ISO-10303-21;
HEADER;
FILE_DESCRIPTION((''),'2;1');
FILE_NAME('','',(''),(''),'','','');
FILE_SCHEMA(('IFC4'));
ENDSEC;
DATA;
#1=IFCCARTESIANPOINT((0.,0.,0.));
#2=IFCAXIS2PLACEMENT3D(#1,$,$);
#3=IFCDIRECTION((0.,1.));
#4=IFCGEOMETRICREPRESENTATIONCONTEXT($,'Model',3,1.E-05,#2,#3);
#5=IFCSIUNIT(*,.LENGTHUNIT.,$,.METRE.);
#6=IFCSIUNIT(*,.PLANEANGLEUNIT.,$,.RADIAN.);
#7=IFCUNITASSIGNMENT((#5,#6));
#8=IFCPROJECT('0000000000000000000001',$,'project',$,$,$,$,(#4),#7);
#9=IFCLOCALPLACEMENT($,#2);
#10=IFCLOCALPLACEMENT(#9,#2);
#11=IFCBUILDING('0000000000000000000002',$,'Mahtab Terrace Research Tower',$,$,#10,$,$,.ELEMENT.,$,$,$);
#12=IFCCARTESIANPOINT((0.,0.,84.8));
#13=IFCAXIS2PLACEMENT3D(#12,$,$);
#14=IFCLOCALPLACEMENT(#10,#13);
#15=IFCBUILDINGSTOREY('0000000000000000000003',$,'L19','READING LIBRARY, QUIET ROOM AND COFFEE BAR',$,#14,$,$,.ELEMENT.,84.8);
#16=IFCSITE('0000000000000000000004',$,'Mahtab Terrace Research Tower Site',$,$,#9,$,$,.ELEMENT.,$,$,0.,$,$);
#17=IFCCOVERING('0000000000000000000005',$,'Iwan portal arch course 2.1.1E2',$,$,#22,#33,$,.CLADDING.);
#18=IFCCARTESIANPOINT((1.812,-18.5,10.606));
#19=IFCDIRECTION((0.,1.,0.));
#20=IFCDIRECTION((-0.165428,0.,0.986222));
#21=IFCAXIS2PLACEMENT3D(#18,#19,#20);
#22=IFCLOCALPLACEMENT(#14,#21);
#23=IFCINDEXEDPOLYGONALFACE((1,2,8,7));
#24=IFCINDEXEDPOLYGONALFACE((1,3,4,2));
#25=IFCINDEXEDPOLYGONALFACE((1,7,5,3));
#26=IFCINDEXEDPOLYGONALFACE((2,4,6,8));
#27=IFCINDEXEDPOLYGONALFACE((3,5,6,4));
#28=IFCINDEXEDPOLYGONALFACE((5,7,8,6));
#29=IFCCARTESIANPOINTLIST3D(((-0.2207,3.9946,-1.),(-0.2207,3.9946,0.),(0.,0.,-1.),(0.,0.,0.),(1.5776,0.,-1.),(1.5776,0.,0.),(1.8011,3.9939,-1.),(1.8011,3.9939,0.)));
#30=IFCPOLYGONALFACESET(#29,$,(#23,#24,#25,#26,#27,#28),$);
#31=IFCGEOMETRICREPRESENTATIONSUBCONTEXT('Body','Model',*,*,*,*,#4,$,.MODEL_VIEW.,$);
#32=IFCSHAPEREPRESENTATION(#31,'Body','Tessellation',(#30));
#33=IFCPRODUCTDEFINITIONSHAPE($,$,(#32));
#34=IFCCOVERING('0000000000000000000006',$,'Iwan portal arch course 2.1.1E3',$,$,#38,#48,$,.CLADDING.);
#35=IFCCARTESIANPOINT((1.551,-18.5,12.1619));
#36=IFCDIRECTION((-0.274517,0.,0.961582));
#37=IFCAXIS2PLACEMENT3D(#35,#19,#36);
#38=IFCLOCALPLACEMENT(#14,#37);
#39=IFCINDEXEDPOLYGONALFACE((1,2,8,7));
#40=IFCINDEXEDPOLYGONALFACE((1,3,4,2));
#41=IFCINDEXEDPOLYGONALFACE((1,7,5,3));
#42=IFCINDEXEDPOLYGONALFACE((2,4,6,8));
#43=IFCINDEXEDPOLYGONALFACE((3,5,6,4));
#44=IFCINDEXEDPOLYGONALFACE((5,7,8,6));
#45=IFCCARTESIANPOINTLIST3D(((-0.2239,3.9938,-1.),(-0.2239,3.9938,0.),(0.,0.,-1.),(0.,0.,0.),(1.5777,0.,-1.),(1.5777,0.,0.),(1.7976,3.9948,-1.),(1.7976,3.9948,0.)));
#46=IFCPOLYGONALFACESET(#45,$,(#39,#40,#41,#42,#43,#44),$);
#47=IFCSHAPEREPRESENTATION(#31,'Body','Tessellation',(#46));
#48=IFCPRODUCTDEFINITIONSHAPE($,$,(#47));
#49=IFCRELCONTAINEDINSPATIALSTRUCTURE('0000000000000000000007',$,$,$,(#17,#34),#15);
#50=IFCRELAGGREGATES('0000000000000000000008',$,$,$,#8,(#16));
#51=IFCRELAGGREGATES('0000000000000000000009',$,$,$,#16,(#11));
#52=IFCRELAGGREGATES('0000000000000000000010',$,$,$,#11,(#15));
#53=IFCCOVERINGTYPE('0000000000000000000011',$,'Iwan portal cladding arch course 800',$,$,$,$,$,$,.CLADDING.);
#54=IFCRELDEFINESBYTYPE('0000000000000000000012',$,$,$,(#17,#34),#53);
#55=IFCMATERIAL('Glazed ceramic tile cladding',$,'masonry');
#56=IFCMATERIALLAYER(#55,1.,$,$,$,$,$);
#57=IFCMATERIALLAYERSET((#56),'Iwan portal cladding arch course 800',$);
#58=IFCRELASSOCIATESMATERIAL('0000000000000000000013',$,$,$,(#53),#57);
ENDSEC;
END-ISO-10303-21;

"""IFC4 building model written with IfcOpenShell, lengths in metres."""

from ifc_helpers import new_model, si_unit, direction, frame, origin, place, context, subcontext, project, spatial, polyline, outline, extrude, material, layer, layer_set, type_object, element, save


model = new_model("IFC4")

# Units and contexts
model_context = context("Model", 3, precision=1e-05, world=origin(), true_north=direction((0.0, 1.0)))
body_context = subcontext(model_context, "Body", "Model", "MODEL_VIEW")
ifc_project = project(units=[si_unit("LENGTHUNIT", "METRE"), si_unit("PLANEANGLEUNIT", "RADIAN")], contexts=[model_context])

# Site, building, storey
site_placement = place(None, origin())
site = spatial("IfcSite", under=ifc_project, at=site_placement, Name="Mahtab Terrace Research Tower Site", CompositionType="ELEMENT", RefElevation=0.0)
building_placement = place(site_placement, origin())
building = spatial("IfcBuilding", under=site, at=building_placement, Name="Mahtab Terrace Research Tower", CompositionType="ELEMENT")
storey_placement = place(building_placement, frame((0.0, 0.0, 84.8)))
storey = spatial("IfcBuildingStorey", under=building, at=storey_placement, Name="L19", Description="READING LIBRARY, QUIET ROOM AND COFFEE BAR", CompositionType="ELEMENT", Elevation=84.8)

# Coverings
ifc_material_1 = material(Name="Glazed ceramic tile cladding", Category="masonry")
ifc_layer_1 = layer(ifc_material_1, 1.0)
ifc_layer_set_1 = layer_set([ifc_layer_1], Name="Iwan portal cladding arch course 800")
covering_type_1 = type_object("IfcCoveringType", Name="Iwan portal cladding arch course 800", PredefinedType="CLADDING", material=ifc_layer_set_1)
covering_1_placement = place(storey_placement, frame((1.812, -18.5, 10.606), z_axis=(0.0, 1.0, 0.0), x_axis=(-0.165428, 0.0, 0.986222)))
element("IfcCovering", 1, at=covering_1_placement, inside=storey, type_object=covering_type_1, Name="Iwan portal arch course 2.1.1E2", PredefinedType="CLADDING", context=body_context, shape_type="SweptSolid", body=[
    extrude(outline(polyline([(0.0, 0.0), (1.5776, 0.0), (1.8011, 3.9939), (-0.2207, 3.9946), (0.0, 0.0)])), origin(), (0.0, 0.0, -1.0), 1.0),
])
covering_2_placement = place(storey_placement, frame((1.551, -18.5, 12.1619), z_axis=(0.0, 1.0, 0.0), x_axis=(-0.274517, 0.0, 0.961582)))
element("IfcCovering", 2, at=covering_2_placement, inside=storey, type_object=covering_type_1, Name="Iwan portal arch course 2.1.1E3", PredefinedType="CLADDING", context=body_context, shape_type="SweptSolid", body=[
    extrude(outline(polyline([(0.0, 0.0), (1.5777, 0.0), (1.7976, 3.9948), (-0.2239, 3.9938), (0.0, 0.0)])), origin(), (0.0, 0.0, -1.0), 1.0),
])

save(model, "model.ifc")
